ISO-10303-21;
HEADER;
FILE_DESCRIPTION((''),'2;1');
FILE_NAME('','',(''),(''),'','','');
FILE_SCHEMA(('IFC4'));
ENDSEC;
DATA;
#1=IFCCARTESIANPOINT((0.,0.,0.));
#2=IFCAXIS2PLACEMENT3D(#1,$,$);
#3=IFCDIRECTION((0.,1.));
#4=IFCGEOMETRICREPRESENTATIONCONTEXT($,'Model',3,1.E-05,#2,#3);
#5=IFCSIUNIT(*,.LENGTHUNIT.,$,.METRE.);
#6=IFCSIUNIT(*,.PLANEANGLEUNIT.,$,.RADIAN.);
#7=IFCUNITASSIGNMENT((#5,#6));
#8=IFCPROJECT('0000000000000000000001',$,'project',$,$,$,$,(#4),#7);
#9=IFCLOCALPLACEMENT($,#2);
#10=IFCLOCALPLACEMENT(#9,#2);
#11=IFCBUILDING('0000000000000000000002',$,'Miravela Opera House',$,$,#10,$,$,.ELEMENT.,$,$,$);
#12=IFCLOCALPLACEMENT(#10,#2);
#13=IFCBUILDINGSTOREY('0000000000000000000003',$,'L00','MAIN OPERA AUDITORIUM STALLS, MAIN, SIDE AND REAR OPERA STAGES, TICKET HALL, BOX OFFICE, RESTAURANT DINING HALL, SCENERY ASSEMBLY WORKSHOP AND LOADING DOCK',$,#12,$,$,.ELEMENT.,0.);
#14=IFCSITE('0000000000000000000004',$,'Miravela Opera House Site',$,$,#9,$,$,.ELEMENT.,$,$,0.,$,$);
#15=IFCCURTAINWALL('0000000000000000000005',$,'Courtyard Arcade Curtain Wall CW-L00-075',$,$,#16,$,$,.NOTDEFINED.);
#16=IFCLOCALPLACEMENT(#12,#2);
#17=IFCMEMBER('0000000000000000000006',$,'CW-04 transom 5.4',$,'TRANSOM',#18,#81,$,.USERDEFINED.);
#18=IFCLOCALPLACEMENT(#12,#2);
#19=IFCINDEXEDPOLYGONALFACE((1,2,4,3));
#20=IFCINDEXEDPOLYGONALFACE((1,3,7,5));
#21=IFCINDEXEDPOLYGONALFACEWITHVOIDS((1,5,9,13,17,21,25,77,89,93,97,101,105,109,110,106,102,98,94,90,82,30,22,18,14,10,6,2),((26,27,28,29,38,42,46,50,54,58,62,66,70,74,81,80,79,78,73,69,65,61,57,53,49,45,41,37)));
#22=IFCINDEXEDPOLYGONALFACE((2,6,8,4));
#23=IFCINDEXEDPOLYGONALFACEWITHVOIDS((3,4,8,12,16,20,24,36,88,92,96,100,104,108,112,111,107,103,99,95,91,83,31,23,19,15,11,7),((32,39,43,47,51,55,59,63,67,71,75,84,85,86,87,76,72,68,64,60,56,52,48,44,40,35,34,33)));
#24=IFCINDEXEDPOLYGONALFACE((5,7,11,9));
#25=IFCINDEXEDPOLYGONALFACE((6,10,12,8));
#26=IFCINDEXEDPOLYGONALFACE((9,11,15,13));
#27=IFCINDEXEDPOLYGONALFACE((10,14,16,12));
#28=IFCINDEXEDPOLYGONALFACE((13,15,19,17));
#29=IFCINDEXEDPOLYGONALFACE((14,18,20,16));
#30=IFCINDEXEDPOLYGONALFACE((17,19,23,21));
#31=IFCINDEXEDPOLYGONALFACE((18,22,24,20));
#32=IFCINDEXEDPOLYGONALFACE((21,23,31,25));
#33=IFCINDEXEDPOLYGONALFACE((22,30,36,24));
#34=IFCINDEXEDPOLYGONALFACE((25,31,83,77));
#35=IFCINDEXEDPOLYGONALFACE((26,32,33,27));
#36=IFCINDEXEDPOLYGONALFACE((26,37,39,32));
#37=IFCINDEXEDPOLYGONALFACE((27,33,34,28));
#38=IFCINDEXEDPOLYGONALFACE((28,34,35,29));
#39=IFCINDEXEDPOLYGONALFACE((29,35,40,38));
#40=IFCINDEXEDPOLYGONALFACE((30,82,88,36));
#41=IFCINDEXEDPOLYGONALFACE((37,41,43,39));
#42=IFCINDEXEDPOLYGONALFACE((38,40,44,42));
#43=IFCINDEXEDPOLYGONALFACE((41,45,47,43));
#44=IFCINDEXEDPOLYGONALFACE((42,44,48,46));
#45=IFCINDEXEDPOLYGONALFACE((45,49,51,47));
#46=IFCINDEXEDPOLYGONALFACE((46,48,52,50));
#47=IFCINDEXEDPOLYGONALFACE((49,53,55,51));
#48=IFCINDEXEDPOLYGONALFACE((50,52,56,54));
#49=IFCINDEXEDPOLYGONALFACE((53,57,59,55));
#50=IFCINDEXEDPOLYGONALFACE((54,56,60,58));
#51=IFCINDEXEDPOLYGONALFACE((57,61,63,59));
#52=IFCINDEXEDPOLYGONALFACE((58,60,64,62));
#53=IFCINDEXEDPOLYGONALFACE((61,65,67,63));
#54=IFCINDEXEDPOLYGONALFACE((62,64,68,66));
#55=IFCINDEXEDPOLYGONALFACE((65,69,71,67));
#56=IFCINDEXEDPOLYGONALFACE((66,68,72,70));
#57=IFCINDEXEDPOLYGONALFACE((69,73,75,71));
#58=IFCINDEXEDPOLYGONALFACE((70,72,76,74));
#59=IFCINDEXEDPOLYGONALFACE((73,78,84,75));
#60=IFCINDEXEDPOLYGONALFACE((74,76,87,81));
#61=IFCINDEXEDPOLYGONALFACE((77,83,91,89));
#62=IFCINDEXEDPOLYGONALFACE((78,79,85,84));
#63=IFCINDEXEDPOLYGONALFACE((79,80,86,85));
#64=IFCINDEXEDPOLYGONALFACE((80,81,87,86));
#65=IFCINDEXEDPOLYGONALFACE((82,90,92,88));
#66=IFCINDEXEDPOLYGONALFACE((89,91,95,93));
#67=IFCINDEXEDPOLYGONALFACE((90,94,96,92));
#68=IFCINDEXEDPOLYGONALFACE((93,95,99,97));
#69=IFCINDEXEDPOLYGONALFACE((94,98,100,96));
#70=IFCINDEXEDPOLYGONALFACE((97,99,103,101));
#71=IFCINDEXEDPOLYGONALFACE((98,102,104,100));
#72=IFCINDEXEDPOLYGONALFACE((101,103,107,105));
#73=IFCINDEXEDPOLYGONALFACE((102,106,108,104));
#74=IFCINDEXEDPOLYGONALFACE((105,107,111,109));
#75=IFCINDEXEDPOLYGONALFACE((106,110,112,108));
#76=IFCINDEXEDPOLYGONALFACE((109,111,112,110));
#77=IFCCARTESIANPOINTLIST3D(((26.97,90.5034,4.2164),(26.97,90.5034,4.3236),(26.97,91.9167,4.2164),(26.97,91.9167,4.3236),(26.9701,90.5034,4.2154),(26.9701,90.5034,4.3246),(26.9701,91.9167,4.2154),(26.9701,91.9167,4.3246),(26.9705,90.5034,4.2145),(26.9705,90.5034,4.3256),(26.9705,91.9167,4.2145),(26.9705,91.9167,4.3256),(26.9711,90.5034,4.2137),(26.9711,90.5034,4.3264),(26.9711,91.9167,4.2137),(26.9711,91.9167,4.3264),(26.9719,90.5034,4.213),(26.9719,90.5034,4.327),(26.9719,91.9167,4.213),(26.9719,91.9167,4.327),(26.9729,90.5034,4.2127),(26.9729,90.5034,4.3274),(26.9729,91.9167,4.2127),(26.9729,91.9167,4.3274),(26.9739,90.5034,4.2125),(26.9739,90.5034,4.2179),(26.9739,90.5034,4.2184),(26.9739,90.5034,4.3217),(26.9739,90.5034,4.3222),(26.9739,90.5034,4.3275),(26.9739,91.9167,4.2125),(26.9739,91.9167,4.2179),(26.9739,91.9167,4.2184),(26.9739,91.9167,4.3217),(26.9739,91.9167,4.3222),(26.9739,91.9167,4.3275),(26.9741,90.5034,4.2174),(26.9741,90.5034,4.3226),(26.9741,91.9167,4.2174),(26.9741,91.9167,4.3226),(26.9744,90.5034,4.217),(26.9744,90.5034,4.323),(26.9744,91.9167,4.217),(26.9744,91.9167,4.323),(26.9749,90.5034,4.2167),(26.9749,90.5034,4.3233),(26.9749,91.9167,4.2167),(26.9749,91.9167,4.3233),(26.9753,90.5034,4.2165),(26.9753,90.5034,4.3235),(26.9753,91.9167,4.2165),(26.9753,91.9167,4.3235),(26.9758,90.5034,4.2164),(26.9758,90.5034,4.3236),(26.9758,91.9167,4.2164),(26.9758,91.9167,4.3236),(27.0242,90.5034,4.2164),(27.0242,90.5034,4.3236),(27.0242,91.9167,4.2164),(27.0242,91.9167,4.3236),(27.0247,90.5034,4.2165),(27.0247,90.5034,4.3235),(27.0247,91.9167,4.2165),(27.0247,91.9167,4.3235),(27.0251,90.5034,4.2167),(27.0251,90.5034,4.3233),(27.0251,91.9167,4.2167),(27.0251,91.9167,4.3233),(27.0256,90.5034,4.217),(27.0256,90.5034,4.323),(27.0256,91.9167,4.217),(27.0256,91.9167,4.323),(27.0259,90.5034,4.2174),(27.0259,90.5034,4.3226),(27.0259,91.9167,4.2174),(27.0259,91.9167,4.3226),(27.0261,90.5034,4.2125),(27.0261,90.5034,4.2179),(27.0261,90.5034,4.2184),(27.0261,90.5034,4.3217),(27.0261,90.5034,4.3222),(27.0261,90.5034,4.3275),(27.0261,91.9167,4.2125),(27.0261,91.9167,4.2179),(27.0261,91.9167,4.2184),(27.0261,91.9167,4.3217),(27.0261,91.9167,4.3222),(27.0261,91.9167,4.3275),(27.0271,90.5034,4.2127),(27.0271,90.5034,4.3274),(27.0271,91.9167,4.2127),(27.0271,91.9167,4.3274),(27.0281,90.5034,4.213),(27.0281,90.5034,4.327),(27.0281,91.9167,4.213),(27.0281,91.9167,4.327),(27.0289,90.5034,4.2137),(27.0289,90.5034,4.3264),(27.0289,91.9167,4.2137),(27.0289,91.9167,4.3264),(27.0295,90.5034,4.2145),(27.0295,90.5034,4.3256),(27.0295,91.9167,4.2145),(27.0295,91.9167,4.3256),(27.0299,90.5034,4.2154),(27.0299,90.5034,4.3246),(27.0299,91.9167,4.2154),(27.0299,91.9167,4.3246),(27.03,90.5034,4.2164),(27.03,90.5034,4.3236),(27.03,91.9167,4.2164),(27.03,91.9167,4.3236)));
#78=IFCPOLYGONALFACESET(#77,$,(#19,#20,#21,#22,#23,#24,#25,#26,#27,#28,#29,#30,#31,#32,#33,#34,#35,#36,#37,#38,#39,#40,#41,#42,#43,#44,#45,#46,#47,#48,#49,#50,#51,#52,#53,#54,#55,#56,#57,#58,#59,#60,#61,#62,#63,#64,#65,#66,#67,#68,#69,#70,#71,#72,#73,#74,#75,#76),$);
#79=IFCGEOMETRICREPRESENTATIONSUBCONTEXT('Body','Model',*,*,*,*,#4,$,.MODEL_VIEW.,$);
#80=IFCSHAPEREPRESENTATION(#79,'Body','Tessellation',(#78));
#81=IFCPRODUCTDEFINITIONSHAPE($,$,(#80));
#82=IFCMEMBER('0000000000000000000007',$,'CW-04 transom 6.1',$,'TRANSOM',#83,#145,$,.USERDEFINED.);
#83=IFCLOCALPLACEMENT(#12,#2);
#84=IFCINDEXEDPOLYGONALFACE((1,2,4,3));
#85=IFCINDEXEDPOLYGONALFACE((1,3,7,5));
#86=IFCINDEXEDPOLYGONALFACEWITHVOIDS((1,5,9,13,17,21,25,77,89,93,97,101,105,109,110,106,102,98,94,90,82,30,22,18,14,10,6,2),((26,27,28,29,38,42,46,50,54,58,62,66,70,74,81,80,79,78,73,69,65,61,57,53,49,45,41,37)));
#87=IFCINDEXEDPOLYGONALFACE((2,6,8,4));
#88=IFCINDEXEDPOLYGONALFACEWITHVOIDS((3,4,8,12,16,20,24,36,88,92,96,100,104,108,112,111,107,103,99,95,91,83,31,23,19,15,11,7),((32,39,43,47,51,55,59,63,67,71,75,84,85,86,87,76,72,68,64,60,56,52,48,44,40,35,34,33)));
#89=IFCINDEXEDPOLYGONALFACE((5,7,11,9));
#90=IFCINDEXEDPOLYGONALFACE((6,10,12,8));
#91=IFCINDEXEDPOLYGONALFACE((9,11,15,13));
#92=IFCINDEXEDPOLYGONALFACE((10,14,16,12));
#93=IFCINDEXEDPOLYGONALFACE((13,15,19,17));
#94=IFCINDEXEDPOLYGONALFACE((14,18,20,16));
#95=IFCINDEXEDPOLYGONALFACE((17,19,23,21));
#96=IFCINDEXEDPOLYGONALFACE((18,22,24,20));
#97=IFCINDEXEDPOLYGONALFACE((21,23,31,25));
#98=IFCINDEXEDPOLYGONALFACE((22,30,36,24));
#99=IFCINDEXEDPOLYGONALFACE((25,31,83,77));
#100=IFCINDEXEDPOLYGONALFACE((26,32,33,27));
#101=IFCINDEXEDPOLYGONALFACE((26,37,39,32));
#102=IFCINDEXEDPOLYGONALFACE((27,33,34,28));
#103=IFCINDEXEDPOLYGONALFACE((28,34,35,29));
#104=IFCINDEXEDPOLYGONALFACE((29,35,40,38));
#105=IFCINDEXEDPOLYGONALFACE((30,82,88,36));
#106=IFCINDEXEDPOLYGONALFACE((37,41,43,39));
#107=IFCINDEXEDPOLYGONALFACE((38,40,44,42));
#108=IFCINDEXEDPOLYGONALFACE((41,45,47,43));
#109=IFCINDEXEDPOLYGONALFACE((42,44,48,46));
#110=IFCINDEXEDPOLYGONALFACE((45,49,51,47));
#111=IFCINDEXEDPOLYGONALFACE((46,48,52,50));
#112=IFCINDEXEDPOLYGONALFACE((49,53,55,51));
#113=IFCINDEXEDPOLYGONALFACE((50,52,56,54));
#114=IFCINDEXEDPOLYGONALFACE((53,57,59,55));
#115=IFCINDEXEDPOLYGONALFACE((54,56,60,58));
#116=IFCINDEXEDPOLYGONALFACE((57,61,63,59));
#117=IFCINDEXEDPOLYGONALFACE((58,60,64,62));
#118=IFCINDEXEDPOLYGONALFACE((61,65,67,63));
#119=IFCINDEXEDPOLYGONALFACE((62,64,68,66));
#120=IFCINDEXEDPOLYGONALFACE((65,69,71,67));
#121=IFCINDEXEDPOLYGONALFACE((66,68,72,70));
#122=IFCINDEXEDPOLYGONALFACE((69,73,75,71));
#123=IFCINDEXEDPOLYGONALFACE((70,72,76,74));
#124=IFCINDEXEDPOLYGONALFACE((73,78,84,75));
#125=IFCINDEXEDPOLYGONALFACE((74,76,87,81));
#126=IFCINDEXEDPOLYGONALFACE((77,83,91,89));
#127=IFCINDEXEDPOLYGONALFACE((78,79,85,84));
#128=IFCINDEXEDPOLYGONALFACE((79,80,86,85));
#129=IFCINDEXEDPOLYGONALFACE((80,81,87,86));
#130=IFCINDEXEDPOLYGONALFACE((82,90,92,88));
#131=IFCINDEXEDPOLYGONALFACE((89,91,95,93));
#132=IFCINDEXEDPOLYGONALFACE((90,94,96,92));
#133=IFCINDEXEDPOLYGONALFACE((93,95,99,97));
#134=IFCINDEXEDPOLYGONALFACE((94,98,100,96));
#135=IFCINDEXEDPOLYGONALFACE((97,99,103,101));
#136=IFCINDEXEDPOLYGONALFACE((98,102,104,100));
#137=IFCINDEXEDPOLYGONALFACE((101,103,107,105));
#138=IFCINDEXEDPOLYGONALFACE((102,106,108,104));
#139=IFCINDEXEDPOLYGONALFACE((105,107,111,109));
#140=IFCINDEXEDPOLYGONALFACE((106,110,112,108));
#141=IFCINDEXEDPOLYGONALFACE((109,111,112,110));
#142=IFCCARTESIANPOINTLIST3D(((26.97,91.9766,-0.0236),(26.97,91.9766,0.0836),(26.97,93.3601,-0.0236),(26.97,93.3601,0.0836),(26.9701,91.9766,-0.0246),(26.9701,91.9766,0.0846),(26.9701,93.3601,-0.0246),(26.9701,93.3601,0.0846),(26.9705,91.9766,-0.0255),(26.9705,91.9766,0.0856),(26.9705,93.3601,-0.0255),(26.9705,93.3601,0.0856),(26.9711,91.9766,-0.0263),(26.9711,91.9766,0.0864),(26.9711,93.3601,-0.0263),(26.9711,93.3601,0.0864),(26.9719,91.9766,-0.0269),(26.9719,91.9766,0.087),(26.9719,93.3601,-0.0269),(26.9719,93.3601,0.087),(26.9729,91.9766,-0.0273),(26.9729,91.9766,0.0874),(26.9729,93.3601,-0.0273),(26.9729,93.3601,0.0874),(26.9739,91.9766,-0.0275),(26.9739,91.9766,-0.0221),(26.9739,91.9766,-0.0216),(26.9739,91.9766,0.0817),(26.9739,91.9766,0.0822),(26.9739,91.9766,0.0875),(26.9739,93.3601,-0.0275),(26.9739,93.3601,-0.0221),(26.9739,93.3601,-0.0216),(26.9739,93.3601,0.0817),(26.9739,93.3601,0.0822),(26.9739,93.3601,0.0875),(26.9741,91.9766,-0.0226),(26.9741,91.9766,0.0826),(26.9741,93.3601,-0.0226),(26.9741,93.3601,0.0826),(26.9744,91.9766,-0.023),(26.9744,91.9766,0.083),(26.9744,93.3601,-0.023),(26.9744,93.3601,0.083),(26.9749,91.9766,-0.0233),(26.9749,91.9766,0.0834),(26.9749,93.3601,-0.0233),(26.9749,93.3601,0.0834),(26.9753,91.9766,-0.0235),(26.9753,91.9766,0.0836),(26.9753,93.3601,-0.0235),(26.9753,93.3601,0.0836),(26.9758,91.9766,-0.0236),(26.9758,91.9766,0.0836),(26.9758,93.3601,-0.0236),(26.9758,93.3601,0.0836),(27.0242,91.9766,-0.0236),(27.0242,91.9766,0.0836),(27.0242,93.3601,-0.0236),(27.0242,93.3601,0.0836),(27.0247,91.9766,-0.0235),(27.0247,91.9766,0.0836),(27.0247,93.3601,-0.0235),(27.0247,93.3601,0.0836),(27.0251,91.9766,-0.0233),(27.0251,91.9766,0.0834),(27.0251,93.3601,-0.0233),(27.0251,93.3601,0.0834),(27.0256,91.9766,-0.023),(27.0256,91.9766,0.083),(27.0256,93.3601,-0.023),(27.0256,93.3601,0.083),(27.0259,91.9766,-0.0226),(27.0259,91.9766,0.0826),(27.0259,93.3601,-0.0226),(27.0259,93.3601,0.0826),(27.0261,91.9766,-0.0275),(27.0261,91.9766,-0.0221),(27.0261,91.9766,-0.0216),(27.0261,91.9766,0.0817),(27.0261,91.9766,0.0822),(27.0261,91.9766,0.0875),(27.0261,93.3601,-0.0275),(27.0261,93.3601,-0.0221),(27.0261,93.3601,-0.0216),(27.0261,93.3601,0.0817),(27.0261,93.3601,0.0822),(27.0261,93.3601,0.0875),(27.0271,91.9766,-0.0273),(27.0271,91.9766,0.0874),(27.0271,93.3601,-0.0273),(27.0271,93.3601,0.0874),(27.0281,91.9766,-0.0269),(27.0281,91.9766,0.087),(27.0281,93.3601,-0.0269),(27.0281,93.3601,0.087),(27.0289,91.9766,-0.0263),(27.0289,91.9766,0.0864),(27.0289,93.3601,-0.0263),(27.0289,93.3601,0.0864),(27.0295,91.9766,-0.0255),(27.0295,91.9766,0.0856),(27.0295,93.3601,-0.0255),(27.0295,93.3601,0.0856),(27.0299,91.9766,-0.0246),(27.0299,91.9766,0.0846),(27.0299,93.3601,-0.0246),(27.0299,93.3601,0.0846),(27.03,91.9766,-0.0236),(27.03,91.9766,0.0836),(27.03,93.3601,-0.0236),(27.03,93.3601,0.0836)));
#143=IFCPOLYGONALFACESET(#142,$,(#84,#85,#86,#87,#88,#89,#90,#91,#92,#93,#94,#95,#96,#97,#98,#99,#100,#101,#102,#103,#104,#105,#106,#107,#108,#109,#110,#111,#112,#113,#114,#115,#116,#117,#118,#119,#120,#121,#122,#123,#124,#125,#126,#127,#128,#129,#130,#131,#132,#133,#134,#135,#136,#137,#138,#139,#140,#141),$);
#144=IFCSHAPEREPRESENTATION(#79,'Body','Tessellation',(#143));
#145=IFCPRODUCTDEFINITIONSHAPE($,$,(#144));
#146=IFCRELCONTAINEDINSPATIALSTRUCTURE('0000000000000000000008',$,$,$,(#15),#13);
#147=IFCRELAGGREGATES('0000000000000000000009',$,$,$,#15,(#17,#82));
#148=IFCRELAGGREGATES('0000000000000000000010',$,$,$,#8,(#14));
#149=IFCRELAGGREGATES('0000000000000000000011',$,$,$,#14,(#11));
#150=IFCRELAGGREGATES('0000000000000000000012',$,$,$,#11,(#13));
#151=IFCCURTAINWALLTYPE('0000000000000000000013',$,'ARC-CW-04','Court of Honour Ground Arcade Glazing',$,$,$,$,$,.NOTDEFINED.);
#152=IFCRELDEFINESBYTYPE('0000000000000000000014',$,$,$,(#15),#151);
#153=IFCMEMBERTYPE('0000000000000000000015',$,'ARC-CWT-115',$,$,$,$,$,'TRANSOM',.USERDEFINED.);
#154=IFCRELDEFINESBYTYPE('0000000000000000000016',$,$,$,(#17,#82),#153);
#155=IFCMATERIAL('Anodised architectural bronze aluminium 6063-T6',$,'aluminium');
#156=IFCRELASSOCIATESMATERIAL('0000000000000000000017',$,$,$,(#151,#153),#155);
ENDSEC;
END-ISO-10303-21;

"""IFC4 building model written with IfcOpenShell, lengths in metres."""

from ifc_helpers import new_model, si_unit, direction, frame, origin, origin_2d, place, context, subcontext, project, spatial, hollow_rectangle, extrude, material, material_profile, profile_set, type_object, element, aggregate, save


model = new_model("IFC4")

# Units and contexts
model_context = context("Model", 3, precision=1e-05, world=origin(), true_north=direction((0.0, 1.0)))
body_context = subcontext(model_context, "Body", "Model", "MODEL_VIEW")
ifc_project = project(units=[si_unit("LENGTHUNIT", "METRE"), si_unit("PLANEANGLEUNIT", "RADIAN")], contexts=[model_context])

# Site, building, storey
site_placement = place(None, origin())
site = spatial("IfcSite", under=ifc_project, at=site_placement, Name="Miravela Opera House Site", CompositionType="ELEMENT", RefElevation=0.0)
building_placement = place(site_placement, origin())
building = spatial("IfcBuilding", under=site, at=building_placement, Name="Miravela Opera House", CompositionType="ELEMENT")
storey_placement = place(building_placement, origin())
storey = spatial("IfcBuildingStorey", under=building, at=storey_placement, Name="L00", Description="MAIN OPERA AUDITORIUM STALLS, MAIN, SIDE AND REAR OPERA STAGES, TICKET HALL, BOX OFFICE, RESTAURANT DINING HALL, SCENERY ASSEMBLY WORKSHOP AND LOADING DOCK", CompositionType="ELEMENT", Elevation=0.0)

# Curtain wall, members
ifc_material_1 = material(Name="Anodised architectural bronze aluminium 6063-T6", Category="aluminium")
curtain_wall_type = type_object("IfcCurtainWallType", Name="ARC-CW-04", Description="Court of Honour Ground Arcade Glazing", PredefinedType="NOTDEFINED", material=ifc_material_1)
curtain_wall_placement = place(storey_placement, origin())
curtain_wall = element("IfcCurtainWall", 1, at=curtain_wall_placement, inside=storey, type_object=curtain_wall_type, Name="Courtyard Arcade Curtain Wall CW-L00-075", PredefinedType="NOTDEFINED")
ifc_material_profile_1 = material_profile(ifc_material_1, hollow_rectangle(XDim=0.0601, YDim=0.115, WallThickness=0.0039, InnerFilletRadius=0.002, OuterFilletRadius=0.0039, at=origin_2d()), Name="CWT-60X115")
ifc_profile_set_1 = profile_set([ifc_material_profile_1])
member_type_1 = type_object("IfcMemberType", Name="ARC-CWT-115", ElementType="TRANSOM", PredefinedType="USERDEFINED", material=ifc_profile_set_1)
member_1_placement = place(storey_placement, frame((27.0, 90.5034, 4.27), z_axis=(0.0, 1.0, 0.0), x_axis=(-1.0, 0.0, 0.0)))
member_1 = element("IfcMember", 2, at=member_1_placement, type_object=member_type_1, Name="CW-04 transom 5.4", ObjectType="TRANSOM", PredefinedType="USERDEFINED", context=body_context, shape_type="SweptSolid", body=[
    extrude(hollow_rectangle(XDim=0.0601, YDim=0.115, WallThickness=0.0039, InnerFilletRadius=0.002, OuterFilletRadius=0.0039, at=origin_2d()), origin(), (0.0, 0.0, 1.0), 1.4133),
])
member_2_placement = place(storey_placement, frame((27.0, 91.9766, 0.03), z_axis=(0.0, 1.0, 0.0), x_axis=(-1.0, 0.0, 0.0)))
member_2 = element("IfcMember", 3, at=member_2_placement, type_object=member_type_1, Name="CW-04 transom 6.1", ObjectType="TRANSOM", PredefinedType="USERDEFINED", context=body_context, shape_type="SweptSolid", body=[
    extrude(hollow_rectangle(XDim=0.0601, YDim=0.115, WallThickness=0.0039, InnerFilletRadius=0.002, OuterFilletRadius=0.0039, at=origin_2d()), origin(), (0.0, 0.0, 1.0), 1.3835),
])
aggregate(curtain_wall, [member_1, member_2])

save(model, "model.ifc")
